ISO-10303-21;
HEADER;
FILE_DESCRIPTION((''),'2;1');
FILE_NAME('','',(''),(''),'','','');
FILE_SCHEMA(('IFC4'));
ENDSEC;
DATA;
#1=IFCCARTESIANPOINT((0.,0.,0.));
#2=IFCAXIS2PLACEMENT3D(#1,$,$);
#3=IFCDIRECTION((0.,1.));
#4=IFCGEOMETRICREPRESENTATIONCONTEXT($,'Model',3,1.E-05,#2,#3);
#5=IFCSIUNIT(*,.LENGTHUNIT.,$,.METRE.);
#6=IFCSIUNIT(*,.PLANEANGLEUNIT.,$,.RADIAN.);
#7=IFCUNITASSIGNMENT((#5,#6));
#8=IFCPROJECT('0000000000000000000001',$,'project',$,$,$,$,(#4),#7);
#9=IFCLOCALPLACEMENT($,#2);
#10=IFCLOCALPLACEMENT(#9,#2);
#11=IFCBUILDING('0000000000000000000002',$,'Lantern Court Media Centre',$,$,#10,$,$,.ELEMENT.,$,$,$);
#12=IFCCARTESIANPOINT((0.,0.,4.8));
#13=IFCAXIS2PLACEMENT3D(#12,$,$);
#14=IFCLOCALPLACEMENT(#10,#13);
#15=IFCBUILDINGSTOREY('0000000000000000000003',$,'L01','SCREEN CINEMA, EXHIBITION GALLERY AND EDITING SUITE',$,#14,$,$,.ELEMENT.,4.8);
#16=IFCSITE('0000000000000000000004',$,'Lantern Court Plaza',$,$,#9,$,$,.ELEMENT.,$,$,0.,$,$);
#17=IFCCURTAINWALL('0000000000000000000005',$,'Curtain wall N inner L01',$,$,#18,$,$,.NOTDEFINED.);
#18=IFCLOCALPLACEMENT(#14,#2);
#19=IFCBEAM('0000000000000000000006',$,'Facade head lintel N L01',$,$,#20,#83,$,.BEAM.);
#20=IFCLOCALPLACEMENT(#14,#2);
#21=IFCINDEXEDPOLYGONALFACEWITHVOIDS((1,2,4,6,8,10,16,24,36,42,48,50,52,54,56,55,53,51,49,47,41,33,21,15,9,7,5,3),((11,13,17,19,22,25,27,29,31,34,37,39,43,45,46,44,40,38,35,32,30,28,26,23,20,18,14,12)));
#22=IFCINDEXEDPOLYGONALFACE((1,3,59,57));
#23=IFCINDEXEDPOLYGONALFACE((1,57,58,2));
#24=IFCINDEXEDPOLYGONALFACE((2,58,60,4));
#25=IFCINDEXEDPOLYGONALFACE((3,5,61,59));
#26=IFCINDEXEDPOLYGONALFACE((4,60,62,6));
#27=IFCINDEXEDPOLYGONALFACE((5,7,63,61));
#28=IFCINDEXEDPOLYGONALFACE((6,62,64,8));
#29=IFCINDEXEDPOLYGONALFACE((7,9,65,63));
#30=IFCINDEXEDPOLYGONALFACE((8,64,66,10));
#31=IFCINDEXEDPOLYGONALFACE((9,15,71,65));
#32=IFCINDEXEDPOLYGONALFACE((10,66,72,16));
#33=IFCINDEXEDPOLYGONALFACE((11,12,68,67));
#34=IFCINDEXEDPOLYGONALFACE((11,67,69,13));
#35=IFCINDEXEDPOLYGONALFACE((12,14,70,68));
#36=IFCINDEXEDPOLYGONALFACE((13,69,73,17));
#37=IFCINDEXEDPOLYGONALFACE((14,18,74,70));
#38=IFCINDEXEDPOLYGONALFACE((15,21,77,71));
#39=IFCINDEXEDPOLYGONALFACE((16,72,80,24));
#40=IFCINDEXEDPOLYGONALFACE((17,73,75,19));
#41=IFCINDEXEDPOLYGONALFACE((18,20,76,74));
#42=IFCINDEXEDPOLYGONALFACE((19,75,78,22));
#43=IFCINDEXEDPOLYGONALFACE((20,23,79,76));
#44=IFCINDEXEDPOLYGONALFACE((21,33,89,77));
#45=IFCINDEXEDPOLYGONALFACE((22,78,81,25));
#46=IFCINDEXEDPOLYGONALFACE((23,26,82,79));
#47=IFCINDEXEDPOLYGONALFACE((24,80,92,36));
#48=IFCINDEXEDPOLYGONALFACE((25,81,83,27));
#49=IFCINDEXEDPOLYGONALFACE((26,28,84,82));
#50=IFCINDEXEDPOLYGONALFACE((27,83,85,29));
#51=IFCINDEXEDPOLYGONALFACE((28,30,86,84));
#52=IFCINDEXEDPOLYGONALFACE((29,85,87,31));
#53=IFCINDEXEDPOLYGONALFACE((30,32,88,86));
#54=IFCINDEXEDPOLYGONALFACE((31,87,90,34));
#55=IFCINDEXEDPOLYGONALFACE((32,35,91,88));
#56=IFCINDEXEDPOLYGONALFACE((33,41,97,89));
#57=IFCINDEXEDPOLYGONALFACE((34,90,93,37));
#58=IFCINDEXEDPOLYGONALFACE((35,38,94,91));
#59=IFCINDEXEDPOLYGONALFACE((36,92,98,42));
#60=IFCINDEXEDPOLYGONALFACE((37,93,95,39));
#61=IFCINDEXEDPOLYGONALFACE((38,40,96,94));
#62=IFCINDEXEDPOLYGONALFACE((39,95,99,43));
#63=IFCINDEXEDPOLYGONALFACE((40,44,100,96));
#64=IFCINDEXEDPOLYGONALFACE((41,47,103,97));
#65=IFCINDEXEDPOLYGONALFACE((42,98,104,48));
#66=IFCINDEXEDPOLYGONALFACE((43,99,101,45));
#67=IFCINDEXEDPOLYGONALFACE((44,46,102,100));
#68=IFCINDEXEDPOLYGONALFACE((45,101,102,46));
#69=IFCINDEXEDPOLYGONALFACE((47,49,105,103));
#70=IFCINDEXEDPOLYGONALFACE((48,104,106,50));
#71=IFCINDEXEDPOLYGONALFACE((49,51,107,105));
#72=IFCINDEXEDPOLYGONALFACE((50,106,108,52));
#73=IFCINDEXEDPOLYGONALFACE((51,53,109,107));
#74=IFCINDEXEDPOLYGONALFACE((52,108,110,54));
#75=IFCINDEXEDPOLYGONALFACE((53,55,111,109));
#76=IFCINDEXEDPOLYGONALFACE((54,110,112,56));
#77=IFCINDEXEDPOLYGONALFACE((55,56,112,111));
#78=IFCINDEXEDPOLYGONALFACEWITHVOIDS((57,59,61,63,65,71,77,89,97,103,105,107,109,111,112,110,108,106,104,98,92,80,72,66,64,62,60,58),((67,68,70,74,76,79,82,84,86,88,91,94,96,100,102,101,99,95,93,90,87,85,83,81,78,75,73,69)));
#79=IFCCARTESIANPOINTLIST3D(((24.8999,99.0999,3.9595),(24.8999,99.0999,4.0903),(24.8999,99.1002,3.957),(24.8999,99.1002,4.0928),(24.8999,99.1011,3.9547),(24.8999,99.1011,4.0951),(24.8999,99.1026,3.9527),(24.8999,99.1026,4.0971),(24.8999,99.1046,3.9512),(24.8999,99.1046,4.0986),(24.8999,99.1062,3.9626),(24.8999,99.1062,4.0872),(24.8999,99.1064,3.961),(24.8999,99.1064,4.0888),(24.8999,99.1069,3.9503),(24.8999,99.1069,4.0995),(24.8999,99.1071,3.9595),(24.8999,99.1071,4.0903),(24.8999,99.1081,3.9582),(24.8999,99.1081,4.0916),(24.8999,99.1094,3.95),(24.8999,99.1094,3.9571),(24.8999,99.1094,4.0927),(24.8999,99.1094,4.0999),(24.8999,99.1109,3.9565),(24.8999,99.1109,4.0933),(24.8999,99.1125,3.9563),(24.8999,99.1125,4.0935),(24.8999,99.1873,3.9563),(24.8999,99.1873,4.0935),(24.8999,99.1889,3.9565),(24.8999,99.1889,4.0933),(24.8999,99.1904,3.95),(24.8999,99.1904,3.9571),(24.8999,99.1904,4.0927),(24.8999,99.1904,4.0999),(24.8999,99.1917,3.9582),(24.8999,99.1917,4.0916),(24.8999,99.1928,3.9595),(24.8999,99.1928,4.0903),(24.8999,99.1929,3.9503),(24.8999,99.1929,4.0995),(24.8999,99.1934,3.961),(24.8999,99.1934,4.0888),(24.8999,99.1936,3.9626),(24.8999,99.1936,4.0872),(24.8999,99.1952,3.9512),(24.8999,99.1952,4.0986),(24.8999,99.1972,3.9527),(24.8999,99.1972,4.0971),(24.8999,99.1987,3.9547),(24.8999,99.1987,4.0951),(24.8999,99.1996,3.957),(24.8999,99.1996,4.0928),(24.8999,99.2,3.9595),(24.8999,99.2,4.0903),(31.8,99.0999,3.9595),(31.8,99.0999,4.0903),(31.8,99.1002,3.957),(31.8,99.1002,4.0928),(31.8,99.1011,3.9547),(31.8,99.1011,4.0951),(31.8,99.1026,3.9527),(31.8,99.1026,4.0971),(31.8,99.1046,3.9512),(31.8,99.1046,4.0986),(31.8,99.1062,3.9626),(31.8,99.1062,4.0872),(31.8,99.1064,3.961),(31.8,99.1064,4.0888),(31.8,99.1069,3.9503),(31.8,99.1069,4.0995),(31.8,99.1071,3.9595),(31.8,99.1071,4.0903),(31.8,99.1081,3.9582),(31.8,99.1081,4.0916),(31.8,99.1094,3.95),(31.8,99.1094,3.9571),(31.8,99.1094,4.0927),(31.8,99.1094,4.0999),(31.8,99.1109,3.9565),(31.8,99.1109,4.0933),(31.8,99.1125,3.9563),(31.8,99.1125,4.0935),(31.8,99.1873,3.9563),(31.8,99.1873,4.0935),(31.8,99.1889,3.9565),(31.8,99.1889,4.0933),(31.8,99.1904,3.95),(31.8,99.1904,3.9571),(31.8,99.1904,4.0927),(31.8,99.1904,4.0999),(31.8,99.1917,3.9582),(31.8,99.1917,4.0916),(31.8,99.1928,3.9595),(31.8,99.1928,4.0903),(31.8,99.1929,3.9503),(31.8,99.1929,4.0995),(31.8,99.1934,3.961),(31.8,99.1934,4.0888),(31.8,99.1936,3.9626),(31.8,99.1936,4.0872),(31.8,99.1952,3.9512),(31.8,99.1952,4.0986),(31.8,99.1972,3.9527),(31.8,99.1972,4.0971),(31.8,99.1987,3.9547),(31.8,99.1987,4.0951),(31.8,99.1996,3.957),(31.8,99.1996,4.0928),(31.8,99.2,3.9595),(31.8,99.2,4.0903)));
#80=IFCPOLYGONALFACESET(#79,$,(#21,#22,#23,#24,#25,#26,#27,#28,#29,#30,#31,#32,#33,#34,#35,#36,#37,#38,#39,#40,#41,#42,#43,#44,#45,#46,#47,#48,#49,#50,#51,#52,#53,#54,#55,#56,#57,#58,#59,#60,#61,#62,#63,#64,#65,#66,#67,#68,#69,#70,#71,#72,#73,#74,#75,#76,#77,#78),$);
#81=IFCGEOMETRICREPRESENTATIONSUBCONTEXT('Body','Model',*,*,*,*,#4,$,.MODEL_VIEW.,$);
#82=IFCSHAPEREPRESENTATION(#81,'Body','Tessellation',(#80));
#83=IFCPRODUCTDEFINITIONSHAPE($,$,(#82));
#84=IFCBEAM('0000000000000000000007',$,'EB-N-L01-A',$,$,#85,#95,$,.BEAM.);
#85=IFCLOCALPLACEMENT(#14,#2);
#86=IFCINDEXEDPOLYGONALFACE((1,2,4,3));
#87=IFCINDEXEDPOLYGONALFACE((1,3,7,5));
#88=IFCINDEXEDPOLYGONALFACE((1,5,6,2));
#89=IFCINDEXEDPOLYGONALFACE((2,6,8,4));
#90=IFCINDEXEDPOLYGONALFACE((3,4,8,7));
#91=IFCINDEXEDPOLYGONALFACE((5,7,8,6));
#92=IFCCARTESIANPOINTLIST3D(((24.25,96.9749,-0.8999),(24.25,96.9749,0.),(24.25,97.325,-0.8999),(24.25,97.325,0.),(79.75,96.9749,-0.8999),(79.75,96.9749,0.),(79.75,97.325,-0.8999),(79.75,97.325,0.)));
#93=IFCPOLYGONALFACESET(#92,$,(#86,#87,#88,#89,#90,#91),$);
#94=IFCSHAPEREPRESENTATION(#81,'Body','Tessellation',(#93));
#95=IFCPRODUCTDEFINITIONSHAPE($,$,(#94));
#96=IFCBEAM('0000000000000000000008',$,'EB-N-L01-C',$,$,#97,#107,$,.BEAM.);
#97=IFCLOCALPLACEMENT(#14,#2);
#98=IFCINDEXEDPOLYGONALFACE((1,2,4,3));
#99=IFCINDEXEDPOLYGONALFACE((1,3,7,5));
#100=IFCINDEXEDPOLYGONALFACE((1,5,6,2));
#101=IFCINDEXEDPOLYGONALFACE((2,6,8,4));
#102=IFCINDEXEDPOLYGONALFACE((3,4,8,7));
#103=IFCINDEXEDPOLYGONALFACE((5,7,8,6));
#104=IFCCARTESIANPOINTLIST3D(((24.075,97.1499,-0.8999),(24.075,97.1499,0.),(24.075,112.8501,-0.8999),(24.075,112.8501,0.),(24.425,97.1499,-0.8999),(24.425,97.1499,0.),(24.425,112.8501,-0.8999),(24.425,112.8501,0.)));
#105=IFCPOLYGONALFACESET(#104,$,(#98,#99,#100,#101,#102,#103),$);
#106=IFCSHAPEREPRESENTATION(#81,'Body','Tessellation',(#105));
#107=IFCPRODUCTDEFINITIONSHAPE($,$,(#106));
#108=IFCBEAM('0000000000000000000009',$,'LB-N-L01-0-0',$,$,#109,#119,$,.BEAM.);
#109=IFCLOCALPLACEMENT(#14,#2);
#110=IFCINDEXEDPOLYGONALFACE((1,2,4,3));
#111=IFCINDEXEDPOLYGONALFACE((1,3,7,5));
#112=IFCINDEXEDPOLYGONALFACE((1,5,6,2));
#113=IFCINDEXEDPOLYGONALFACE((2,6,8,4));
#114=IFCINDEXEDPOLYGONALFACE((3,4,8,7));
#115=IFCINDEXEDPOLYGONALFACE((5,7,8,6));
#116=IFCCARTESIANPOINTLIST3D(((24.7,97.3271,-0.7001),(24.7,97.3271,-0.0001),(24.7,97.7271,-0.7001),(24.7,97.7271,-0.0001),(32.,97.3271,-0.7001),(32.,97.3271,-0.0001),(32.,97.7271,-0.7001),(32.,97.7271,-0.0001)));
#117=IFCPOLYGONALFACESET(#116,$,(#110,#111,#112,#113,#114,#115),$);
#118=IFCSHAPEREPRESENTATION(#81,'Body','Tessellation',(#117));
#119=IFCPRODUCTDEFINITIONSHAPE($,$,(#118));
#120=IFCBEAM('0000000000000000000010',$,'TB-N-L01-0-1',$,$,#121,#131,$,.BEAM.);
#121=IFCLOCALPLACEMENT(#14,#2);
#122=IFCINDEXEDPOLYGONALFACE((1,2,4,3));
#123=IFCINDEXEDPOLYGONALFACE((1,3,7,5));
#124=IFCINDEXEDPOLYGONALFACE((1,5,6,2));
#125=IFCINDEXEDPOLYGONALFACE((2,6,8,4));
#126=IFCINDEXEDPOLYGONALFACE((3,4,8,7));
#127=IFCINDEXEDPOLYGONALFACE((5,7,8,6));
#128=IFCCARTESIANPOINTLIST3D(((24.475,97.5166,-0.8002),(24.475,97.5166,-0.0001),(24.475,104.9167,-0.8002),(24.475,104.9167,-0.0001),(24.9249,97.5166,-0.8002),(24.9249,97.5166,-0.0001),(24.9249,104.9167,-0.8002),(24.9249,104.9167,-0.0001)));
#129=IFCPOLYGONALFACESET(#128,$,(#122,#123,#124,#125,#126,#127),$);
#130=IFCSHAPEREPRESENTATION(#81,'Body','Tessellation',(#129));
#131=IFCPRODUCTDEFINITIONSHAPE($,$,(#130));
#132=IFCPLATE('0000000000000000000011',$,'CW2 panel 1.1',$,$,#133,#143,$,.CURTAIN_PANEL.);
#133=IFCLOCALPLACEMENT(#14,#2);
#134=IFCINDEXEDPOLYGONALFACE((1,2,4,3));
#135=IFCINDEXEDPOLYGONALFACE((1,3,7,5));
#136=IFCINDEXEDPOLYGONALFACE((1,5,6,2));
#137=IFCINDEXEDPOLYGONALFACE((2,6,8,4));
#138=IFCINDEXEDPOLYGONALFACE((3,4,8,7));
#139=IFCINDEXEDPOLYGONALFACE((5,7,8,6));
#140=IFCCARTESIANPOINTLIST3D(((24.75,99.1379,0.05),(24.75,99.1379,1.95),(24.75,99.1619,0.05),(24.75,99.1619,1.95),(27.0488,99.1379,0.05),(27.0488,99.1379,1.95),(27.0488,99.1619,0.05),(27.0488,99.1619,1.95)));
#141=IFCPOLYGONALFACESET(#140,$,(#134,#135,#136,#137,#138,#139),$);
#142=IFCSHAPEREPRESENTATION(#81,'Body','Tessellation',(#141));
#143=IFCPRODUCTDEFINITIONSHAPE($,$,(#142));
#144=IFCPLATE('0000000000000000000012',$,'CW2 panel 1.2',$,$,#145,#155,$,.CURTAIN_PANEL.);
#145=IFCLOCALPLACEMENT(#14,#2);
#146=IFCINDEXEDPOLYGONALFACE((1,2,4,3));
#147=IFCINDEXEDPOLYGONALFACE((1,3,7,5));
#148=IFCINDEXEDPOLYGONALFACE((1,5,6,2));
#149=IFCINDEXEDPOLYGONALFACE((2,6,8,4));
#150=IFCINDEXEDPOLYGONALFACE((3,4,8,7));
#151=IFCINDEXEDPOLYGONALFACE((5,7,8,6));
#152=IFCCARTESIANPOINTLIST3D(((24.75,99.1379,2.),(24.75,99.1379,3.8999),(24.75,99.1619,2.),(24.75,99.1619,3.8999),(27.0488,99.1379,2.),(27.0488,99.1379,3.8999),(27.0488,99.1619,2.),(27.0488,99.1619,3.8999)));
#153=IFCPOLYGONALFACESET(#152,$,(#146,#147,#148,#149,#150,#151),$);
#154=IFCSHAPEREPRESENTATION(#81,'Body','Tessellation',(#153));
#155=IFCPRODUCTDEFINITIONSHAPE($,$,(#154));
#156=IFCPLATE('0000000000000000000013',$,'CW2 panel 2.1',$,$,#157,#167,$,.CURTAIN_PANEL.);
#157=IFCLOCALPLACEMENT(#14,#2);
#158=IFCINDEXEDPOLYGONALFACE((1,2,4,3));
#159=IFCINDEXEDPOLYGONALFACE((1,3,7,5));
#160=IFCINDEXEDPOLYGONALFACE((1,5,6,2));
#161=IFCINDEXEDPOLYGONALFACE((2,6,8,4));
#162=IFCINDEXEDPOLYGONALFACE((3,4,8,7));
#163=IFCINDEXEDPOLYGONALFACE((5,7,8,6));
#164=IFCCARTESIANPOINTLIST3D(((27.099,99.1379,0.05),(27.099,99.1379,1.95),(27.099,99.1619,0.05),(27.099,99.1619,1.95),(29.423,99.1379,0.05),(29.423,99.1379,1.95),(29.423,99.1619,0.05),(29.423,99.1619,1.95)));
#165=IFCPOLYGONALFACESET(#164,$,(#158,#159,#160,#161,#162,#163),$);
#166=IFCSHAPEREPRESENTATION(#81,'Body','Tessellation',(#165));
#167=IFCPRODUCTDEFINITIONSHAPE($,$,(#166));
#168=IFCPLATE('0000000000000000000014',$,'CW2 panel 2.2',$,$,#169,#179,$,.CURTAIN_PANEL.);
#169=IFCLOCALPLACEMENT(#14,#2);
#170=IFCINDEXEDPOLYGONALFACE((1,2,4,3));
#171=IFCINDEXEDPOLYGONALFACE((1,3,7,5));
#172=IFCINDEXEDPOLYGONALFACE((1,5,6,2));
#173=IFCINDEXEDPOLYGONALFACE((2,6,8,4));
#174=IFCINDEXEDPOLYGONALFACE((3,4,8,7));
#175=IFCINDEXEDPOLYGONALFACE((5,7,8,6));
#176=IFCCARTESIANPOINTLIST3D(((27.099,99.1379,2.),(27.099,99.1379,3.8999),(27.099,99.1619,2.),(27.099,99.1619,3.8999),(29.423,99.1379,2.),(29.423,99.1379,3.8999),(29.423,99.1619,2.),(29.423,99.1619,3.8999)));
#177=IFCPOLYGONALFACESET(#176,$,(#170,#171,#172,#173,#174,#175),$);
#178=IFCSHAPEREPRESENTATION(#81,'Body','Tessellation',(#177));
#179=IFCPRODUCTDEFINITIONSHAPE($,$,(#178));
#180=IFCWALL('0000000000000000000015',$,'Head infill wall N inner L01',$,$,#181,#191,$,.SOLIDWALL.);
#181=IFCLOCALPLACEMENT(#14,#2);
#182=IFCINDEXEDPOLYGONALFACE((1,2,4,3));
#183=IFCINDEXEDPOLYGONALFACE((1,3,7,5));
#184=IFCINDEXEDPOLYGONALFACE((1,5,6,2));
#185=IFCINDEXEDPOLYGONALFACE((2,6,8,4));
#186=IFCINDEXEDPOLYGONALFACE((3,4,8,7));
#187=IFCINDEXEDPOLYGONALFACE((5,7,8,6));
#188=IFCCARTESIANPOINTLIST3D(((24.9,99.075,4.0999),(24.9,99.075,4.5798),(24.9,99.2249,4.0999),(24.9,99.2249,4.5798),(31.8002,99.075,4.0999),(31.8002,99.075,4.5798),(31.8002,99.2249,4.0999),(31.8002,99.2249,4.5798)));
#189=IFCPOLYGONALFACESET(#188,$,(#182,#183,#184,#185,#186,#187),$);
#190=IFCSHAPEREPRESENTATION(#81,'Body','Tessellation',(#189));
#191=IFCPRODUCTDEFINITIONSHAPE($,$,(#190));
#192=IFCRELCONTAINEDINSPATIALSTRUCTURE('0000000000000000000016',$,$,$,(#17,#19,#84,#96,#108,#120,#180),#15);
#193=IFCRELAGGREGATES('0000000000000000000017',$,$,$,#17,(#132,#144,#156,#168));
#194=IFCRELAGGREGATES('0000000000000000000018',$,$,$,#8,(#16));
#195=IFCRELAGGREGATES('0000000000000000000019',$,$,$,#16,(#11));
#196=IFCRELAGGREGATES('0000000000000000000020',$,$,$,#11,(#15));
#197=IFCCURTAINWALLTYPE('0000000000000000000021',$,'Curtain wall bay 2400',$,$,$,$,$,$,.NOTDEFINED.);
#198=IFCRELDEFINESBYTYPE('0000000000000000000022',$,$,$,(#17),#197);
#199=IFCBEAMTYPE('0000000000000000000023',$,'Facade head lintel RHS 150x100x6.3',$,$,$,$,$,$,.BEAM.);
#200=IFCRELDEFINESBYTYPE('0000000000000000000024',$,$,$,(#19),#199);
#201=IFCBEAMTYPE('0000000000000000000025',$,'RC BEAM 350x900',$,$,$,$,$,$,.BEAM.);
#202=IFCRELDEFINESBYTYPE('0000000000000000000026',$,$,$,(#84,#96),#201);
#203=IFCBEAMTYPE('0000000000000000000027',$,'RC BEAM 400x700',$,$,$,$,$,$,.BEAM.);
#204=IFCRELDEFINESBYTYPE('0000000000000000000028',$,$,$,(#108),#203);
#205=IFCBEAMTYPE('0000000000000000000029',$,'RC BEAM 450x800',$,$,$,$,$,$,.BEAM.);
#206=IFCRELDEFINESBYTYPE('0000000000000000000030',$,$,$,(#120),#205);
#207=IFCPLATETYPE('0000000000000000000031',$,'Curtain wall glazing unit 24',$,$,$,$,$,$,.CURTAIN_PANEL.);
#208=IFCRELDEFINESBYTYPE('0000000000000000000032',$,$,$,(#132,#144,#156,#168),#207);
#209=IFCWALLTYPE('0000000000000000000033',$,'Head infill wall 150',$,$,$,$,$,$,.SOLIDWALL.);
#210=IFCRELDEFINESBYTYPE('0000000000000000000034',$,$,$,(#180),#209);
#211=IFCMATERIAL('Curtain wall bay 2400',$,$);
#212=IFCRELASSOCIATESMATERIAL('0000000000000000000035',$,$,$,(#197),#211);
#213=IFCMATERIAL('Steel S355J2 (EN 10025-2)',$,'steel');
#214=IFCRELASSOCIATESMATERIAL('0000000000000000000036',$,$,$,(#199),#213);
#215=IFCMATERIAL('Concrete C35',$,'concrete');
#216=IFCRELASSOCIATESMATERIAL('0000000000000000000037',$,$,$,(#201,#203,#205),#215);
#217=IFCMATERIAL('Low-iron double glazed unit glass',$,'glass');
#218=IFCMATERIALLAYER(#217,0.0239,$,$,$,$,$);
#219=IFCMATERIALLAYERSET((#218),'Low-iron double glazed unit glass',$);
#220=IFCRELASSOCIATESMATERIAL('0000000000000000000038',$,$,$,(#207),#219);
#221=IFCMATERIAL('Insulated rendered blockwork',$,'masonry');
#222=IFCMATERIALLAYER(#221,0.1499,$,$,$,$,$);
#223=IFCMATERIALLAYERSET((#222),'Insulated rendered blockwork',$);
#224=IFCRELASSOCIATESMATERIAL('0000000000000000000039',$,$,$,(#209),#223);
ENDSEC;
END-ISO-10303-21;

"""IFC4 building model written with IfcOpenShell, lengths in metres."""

from ifc_helpers import new_model, si_unit, direction, frame, frame_2d, origin, origin_2d, place, context, subcontext, project, spatial, rectangle, hollow_rectangle, extrude, material, layer, layer_set, material_profile, profile_set, type_object, element, aggregate, save


model = new_model("IFC4")

# Units and contexts
model_context = context("Model", 3, precision=1e-05, world=origin(), true_north=direction((0.0, 1.0)))
body_context = subcontext(model_context, "Body", "Model", "MODEL_VIEW")
ifc_project = project(units=[si_unit("LENGTHUNIT", "METRE"), si_unit("PLANEANGLEUNIT", "RADIAN")], contexts=[model_context])

# Site, building, storey
site_placement = place(None, origin())
site = spatial("IfcSite", under=ifc_project, at=site_placement, Name="Lantern Court Plaza", CompositionType="ELEMENT", RefElevation=0.0)
building_placement = place(site_placement, origin())
building = spatial("IfcBuilding", under=site, at=building_placement, Name="Lantern Court Media Centre", CompositionType="ELEMENT")
storey_placement = place(building_placement, frame((0.0, 0.0, 4.8)))
storey = spatial("IfcBuildingStorey", under=building, at=storey_placement, Name="L01", Description="SCREEN CINEMA, EXHIBITION GALLERY AND EDITING SUITE", CompositionType="ELEMENT", Elevation=4.8)

# Shared definitions
ifc_material_1 = material(Name="Concrete C35", Category="concrete")

# Curtain wall
ifc_material_2 = material(Name="Curtain wall bay 2400")
curtain_wall_type = type_object("IfcCurtainWallType", Name="Curtain wall bay 2400", PredefinedType="NOTDEFINED", material=ifc_material_2)
curtain_wall_placement = place(storey_placement, origin())
curtain_wall = element("IfcCurtainWall", 1, at=curtain_wall_placement, inside=storey, type_object=curtain_wall_type, Name="Curtain wall N inner L01", PredefinedType="NOTDEFINED")

# Beams
ifc_material_3 = material(Name="Steel S355J2 (EN 10025-2)", Category="steel")
ifc_material_profile_1 = material_profile(ifc_material_3, hollow_rectangle(XDim=0.1001, YDim=0.1499, WallThickness=0.0063, InnerFilletRadius=0.0063, OuterFilletRadius=0.0095, at=origin_2d()), Name="Facade head lintel RHS 150x100x6.3")
ifc_profile_set_1 = profile_set([ifc_material_profile_1], Name="Steel S355J2 (EN 10025-2)")
beam_type_1 = type_object("IfcBeamType", Name="Facade head lintel RHS 150x100x6.3", PredefinedType="BEAM", material=ifc_profile_set_1)
beam_1_placement = place(storey_placement, frame((24.8999, 99.1499, 4.0249), z_axis=(1.0, 0.0, 0.0), x_axis=(0.0, 1.0, 0.0)))
element("IfcBeam", 2, at=beam_1_placement, inside=storey, type_object=beam_type_1, Name="Facade head lintel N L01", PredefinedType="BEAM", context=body_context, shape_type="SweptSolid", body=[
    extrude(hollow_rectangle(XDim=0.1001, YDim=0.1499, WallThickness=0.0063, InnerFilletRadius=0.0063, OuterFilletRadius=0.0095, at=origin_2d()), origin(), (0.0, 0.0, 1.0), 6.9001),
])
ifc_material_profile_2 = material_profile(ifc_material_1, rectangle(XDim=0.3501, YDim=0.8999, at=origin_2d()), Name="RC 350x900")
ifc_profile_set_2 = profile_set([ifc_material_profile_2], Name="Concrete C35")
beam_type_2 = type_object("IfcBeamType", Name="RC BEAM 350x900", PredefinedType="BEAM", material=ifc_profile_set_2)
beam_2_placement = place(storey_placement, frame((24.25, 97.1499, -0.45), z_axis=(1.0, 0.0, 0.0), x_axis=(0.0, 1.0, 0.0)))
element("IfcBeam", 3, at=beam_2_placement, inside=storey, type_object=beam_type_2, Name="EB-N-L01-A", PredefinedType="BEAM", context=body_context, shape_type="SweptSolid", body=[
    extrude(rectangle(XDim=0.3501, YDim=0.8999, at=origin_2d()), origin(), (0.0, 0.0, 1.0), 55.5),
])
beam_3_placement = place(storey_placement, frame((24.25, 97.1499, -0.45), z_axis=(0.0, 1.0, 0.0), x_axis=(-1.0, 0.0, 0.0)))
element("IfcBeam", 4, at=beam_3_placement, inside=storey, type_object=beam_type_2, Name="EB-N-L01-C", PredefinedType="BEAM", context=body_context, shape_type="SweptSolid", body=[
    extrude(rectangle(XDim=0.3501, YDim=0.8999, at=origin_2d()), origin(), (0.0, 0.0, 1.0), 15.7002),
])
ifc_material_profile_3 = material_profile(ifc_material_1, rectangle(XDim=0.3999, YDim=0.7, at=origin_2d()), Name="RC 400x700")
ifc_profile_set_3 = profile_set([ifc_material_profile_3], Name="Concrete C35")
beam_type_3 = type_object("IfcBeamType", Name="RC BEAM 400x700", PredefinedType="BEAM", material=ifc_profile_set_3)
beam_4_placement = place(storey_placement, frame((24.7, 97.5271, -0.3501), z_axis=(1.0, 0.0, 0.0), x_axis=(0.0, 1.0, 0.0)))
element("IfcBeam", 5, at=beam_4_placement, inside=storey, type_object=beam_type_3, Name="LB-N-L01-0-0", PredefinedType="BEAM", context=body_context, shape_type="SweptSolid", body=[
    extrude(rectangle(XDim=0.3999, YDim=0.7, at=origin_2d()), origin(), (0.0, 0.0, 1.0), 7.3),
])
ifc_material_profile_4 = material_profile(ifc_material_1, rectangle(XDim=0.45, YDim=0.8, at=origin_2d()), Name="RC 450x800")
ifc_profile_set_4 = profile_set([ifc_material_profile_4], Name="Concrete C35")
beam_type_4 = type_object("IfcBeamType", Name="RC BEAM 450x800", PredefinedType="BEAM", material=ifc_profile_set_4)
beam_5_placement = place(storey_placement, frame((24.7, 97.5166, -0.4001), z_axis=(0.0, 1.0, 0.0), x_axis=(-1.0, 0.0, 0.0)))
element("IfcBeam", 6, at=beam_5_placement, inside=storey, type_object=beam_type_4, Name="TB-N-L01-0-1", PredefinedType="BEAM", context=body_context, shape_type="SweptSolid", body=[
    extrude(rectangle(XDim=0.45, YDim=0.8, at=origin_2d()), origin(), (0.0, 0.0, 1.0), 7.4001),
])

# Plates
ifc_material_4 = material(Name="Low-iron double glazed unit glass", Category="glass")
ifc_layer_1 = layer(ifc_material_4, 0.0239)
ifc_layer_set_1 = layer_set([ifc_layer_1], Name="Low-iron double glazed unit glass")
plate_type = type_object("IfcPlateType", Name="Curtain wall glazing unit 24", PredefinedType="CURTAIN_PANEL", material=ifc_layer_set_1)
plate_1_placement = place(storey_placement, frame((25.8994, 99.1499, 0.05), z_axis=(0.0, 0.0, 1.0), x_axis=(1.0, 0.0, 0.0)))
plate_1 = element("IfcPlate", 7, at=plate_1_placement, type_object=plate_type, Name="CW2 panel 1.1", PredefinedType="CURTAIN_PANEL", context=body_context, shape_type="SweptSolid", body=[
    extrude(rectangle(XDim=2.2988, YDim=0.0239, at=origin_2d()), origin(), (0.0, 0.0, 1.0), 1.8999),
])
plate_2_placement = place(storey_placement, frame((25.8994, 99.1499, 2.0), z_axis=(0.0, 0.0, 1.0), x_axis=(1.0, 0.0, 0.0)))
plate_2 = element("IfcPlate", 8, at=plate_2_placement, type_object=plate_type, Name="CW2 panel 1.2", PredefinedType="CURTAIN_PANEL", context=body_context, shape_type="SweptSolid", body=[
    extrude(rectangle(XDim=2.2988, YDim=0.0239, at=origin_2d()), origin(), (0.0, 0.0, 1.0), 1.8999),
])
plate_3_placement = place(storey_placement, frame((28.261, 99.1499, 0.05), z_axis=(0.0, 0.0, 1.0), x_axis=(1.0, 0.0, 0.0)))
plate_3 = element("IfcPlate", 9, at=plate_3_placement, type_object=plate_type, Name="CW2 panel 2.1", PredefinedType="CURTAIN_PANEL", context=body_context, shape_type="SweptSolid", body=[
    extrude(rectangle(XDim=2.324, YDim=0.0239, at=origin_2d()), origin(), (0.0, 0.0, 1.0), 1.8999),
])
plate_4_placement = place(storey_placement, frame((28.261, 99.1499, 2.0), z_axis=(0.0, 0.0, 1.0), x_axis=(1.0, 0.0, 0.0)))
plate_4 = element("IfcPlate", 10, at=plate_4_placement, type_object=plate_type, Name="CW2 panel 2.2", PredefinedType="CURTAIN_PANEL", context=body_context, shape_type="SweptSolid", body=[
    extrude(rectangle(XDim=2.324, YDim=0.0239, at=origin_2d()), origin(), (0.0, 0.0, 1.0), 1.8999),
])
aggregate(curtain_wall, [plate_1, plate_2, plate_3, plate_4])

# Wall
ifc_material_5 = material(Name="Insulated rendered blockwork", Category="masonry")
ifc_layer_2 = layer(ifc_material_5, 0.1499)
ifc_layer_set_2 = layer_set([ifc_layer_2], Name="Insulated rendered blockwork")
wall_type_1 = type_object("IfcWallType", Name="Head infill wall 150", PredefinedType="SOLIDWALL", material=ifc_layer_set_2)
wall_1_placement = place(storey_placement, frame((24.8999, 99.1499, 4.0999), z_axis=(0.0, 0.0, 1.0), x_axis=(1.0, 0.0, 0.0)))
element("IfcWall", 11, at=wall_1_placement, inside=storey, type_object=wall_type_1, Name="Head infill wall N inner L01", PredefinedType="SOLIDWALL", context=body_context, shape_type="SweptSolid", body=[
    extrude(rectangle(XDim=6.9001, YDim=0.1499, at=frame_2d((3.4502, 0.0))), origin(), (0.0, 0.0, 1.0), 0.48),
])

save(model, "model.ifc")
